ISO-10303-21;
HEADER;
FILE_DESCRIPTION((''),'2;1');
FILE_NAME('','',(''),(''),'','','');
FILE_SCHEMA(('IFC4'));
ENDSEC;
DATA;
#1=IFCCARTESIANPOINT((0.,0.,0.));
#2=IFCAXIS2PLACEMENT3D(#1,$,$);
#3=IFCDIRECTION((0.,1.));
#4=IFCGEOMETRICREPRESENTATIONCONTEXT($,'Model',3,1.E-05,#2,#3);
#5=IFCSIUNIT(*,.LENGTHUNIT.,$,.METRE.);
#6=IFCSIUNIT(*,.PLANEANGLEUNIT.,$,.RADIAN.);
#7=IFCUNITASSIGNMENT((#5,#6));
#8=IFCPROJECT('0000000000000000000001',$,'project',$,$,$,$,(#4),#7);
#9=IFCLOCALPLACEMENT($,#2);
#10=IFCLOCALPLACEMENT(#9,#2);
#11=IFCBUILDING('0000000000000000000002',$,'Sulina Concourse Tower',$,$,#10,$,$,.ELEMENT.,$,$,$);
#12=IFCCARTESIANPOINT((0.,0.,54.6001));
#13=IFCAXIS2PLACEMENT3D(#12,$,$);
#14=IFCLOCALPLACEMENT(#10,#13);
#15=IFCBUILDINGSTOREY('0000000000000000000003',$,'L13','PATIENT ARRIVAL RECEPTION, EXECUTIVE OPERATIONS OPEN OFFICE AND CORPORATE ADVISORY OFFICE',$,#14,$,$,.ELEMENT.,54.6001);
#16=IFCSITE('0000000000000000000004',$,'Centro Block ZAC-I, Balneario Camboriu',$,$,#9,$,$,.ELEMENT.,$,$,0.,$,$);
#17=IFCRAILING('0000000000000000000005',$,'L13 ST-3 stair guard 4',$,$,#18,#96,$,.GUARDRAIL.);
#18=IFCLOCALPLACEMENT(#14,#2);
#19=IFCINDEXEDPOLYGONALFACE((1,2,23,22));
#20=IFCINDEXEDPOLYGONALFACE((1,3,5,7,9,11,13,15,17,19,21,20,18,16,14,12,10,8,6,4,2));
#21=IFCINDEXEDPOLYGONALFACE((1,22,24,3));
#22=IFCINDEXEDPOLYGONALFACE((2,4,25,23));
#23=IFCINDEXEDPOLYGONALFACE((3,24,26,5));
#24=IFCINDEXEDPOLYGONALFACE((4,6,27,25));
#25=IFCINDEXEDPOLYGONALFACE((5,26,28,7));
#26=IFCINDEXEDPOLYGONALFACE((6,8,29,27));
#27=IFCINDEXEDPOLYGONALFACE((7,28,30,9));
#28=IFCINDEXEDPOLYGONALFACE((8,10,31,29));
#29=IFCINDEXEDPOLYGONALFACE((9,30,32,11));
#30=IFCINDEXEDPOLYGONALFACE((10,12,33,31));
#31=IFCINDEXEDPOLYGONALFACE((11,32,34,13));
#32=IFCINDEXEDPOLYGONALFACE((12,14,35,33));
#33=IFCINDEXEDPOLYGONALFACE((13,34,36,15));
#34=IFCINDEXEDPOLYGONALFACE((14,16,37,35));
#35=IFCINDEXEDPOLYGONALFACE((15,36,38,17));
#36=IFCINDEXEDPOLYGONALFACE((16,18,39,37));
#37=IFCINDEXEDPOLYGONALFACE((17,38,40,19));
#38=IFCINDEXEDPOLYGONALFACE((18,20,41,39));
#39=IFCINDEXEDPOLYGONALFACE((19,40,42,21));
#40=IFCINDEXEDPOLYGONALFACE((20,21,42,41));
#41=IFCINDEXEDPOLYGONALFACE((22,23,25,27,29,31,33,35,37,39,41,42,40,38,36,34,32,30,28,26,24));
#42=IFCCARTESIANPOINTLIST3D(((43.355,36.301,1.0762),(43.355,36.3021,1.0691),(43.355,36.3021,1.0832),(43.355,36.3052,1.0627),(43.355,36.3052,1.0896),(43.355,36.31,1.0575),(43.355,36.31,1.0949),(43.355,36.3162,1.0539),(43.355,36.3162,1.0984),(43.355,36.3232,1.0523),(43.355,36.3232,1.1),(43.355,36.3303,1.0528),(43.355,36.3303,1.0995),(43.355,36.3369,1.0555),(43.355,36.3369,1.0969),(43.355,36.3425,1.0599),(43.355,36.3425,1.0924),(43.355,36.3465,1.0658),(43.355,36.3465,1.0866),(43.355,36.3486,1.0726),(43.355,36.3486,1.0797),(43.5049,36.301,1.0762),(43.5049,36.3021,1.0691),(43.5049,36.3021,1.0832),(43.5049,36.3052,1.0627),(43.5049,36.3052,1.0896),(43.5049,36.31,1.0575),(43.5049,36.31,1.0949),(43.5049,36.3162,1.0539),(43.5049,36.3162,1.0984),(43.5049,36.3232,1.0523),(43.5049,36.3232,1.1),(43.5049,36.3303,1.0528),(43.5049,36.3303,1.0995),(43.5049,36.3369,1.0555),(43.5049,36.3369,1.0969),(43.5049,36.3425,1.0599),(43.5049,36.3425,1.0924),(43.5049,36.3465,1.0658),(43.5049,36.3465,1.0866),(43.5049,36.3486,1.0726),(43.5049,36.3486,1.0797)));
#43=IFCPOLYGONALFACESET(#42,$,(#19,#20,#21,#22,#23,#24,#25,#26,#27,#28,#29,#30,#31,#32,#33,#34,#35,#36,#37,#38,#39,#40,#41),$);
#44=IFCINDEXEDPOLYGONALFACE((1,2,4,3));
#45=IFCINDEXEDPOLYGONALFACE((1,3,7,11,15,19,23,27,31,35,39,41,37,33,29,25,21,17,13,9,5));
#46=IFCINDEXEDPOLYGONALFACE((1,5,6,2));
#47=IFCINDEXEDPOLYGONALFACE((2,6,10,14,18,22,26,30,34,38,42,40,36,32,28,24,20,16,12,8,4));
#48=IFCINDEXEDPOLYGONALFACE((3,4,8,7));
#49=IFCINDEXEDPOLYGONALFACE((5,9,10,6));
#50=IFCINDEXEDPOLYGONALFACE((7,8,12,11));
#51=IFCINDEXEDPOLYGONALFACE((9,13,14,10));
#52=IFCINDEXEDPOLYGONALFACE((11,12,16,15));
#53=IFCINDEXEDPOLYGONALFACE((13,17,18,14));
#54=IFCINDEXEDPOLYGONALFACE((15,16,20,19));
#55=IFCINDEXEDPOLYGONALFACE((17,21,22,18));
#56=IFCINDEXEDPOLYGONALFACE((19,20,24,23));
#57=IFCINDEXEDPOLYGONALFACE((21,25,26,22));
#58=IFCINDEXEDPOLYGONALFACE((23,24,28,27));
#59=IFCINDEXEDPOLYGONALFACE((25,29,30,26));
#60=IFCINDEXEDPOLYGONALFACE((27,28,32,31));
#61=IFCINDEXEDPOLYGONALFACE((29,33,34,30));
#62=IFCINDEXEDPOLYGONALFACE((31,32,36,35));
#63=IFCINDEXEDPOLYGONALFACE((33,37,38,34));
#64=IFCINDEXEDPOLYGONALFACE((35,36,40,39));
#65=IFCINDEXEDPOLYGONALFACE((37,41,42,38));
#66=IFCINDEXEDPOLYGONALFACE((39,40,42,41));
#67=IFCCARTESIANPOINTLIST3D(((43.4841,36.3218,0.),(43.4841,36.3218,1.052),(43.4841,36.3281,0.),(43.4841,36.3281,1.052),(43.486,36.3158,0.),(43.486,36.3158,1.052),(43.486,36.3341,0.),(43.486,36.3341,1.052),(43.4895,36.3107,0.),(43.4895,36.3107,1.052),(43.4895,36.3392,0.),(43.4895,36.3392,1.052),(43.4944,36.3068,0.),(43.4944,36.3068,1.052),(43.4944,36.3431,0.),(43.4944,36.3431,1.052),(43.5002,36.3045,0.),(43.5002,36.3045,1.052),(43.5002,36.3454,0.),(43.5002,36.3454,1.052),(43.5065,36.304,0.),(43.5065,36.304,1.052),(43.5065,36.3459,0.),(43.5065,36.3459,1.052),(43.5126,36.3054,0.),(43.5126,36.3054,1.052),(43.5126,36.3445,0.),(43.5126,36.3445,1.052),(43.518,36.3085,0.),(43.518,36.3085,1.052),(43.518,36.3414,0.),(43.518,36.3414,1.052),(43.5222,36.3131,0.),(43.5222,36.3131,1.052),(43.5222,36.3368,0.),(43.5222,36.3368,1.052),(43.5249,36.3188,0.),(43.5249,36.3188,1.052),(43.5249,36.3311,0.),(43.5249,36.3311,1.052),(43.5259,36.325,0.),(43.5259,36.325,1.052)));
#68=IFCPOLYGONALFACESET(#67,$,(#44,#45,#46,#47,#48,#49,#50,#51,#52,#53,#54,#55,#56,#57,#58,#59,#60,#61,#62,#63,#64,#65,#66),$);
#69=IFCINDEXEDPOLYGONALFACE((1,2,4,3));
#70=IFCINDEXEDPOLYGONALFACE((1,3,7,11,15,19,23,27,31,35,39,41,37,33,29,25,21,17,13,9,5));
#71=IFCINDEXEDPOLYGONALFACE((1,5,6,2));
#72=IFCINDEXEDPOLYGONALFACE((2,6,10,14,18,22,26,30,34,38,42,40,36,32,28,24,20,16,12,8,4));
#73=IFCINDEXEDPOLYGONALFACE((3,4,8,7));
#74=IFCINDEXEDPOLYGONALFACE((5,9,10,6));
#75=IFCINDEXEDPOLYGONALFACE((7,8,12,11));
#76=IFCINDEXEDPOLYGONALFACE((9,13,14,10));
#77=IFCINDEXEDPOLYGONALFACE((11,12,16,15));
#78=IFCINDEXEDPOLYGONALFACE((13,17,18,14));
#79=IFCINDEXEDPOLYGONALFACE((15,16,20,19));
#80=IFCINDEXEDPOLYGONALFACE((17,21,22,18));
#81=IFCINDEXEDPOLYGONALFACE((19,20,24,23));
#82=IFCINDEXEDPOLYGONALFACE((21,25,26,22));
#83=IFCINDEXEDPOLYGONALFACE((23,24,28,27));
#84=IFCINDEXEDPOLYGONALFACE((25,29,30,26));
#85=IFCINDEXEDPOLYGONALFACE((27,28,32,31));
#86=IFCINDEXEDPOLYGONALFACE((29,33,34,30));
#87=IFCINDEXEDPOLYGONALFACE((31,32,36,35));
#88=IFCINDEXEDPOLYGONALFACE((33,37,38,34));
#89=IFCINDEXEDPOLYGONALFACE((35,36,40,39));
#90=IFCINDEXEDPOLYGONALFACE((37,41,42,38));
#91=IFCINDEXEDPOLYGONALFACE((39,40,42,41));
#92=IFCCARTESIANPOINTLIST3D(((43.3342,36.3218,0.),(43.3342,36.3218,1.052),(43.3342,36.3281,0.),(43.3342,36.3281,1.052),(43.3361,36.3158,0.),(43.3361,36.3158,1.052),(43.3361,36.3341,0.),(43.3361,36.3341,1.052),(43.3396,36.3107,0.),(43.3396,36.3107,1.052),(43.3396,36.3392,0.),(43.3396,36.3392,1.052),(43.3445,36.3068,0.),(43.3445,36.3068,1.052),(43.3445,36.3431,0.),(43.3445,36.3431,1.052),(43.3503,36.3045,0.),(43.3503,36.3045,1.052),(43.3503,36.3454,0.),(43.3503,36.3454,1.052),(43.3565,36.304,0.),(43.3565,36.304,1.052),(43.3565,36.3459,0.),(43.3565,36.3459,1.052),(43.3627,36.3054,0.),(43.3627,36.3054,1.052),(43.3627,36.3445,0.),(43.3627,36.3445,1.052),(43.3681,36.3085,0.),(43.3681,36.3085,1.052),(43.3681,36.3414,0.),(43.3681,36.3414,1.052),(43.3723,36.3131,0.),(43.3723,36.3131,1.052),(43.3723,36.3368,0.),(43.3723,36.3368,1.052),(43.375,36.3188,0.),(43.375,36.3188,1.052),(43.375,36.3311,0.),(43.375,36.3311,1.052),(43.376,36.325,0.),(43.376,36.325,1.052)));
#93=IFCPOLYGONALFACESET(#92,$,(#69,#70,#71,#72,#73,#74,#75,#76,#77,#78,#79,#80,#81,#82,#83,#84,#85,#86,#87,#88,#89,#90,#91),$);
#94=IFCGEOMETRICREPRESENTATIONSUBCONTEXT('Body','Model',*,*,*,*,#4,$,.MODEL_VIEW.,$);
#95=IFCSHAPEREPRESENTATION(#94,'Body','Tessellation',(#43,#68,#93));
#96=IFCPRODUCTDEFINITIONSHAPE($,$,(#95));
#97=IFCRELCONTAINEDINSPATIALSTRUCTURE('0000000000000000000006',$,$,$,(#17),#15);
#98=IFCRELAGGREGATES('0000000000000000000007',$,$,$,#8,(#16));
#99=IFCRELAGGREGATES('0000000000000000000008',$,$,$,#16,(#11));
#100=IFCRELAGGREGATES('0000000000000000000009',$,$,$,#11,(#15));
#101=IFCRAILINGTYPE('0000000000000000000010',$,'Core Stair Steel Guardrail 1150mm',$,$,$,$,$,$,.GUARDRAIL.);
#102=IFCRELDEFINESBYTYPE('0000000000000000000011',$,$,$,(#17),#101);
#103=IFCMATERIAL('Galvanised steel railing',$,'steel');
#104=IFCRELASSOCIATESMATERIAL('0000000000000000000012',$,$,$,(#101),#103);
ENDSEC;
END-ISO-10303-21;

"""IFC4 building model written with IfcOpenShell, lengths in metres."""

from ifc_helpers import new_model, si_unit, direction, frame, origin, origin_2d, place, context, subcontext, project, spatial, circle, extrude, material, type_object, element, save


model = new_model("IFC4")

# Units and contexts
model_context = context("Model", 3, precision=1e-05, world=origin(), true_north=direction((0.0, 1.0)))
body_context = subcontext(model_context, "Body", "Model", "MODEL_VIEW")
ifc_project = project(units=[si_unit("LENGTHUNIT", "METRE"), si_unit("PLANEANGLEUNIT", "RADIAN")], contexts=[model_context])

# Site, building, storey
site_placement = place(None, origin())
site = spatial("IfcSite", under=ifc_project, at=site_placement, Name="Centro Block ZAC-I, Balneario Camboriu", CompositionType="ELEMENT", RefElevation=0.0)
building_placement = place(site_placement, origin())
building = spatial("IfcBuilding", under=site, at=building_placement, Name="Sulina Concourse Tower", CompositionType="ELEMENT")
storey_placement = place(building_placement, frame((0.0, 0.0, 54.6001)))
storey = spatial("IfcBuildingStorey", under=building, at=storey_placement, Name="L13", Description="PATIENT ARRIVAL RECEPTION, EXECUTIVE OPERATIONS OPEN OFFICE AND CORPORATE ADVISORY OFFICE", CompositionType="ELEMENT", Elevation=54.6001)

# Railing
ifc_material_1 = material(Name="Galvanised steel railing", Category="steel")
railing_type = type_object("IfcRailingType", Name="Core Stair Steel Guardrail 1150mm", PredefinedType="GUARDRAIL", material=ifc_material_1)
railing_1_placement = place(storey_placement, frame((43.5049, 36.325, 0.0)))
element("IfcRailing", 1, at=railing_1_placement, inside=storey, type_object=railing_type, Name="L13 ST-3 stair guard 4", PredefinedType="GUARDRAIL", context=body_context, shape_type="SweptSolid", body=[
    extrude(circle(Radius=0.0239, at=origin_2d()), frame((0.0, 0.0, 1.0762), z_axis=(-1.0, 0.0, 0.0), x_axis=(0.0, -1.0, 0.0)), (0.0, 0.0, 1.0), 0.1499),
    extrude(circle(Radius=0.021, at=origin_2d()), origin(), (0.0, 0.0, 1.0), 1.052),
    extrude(circle(Radius=0.021, at=origin_2d()), frame((-0.1499, 0.0, 0.0)), (0.0, 0.0, 1.0), 1.052),
])

save(model, "model.ifc")
